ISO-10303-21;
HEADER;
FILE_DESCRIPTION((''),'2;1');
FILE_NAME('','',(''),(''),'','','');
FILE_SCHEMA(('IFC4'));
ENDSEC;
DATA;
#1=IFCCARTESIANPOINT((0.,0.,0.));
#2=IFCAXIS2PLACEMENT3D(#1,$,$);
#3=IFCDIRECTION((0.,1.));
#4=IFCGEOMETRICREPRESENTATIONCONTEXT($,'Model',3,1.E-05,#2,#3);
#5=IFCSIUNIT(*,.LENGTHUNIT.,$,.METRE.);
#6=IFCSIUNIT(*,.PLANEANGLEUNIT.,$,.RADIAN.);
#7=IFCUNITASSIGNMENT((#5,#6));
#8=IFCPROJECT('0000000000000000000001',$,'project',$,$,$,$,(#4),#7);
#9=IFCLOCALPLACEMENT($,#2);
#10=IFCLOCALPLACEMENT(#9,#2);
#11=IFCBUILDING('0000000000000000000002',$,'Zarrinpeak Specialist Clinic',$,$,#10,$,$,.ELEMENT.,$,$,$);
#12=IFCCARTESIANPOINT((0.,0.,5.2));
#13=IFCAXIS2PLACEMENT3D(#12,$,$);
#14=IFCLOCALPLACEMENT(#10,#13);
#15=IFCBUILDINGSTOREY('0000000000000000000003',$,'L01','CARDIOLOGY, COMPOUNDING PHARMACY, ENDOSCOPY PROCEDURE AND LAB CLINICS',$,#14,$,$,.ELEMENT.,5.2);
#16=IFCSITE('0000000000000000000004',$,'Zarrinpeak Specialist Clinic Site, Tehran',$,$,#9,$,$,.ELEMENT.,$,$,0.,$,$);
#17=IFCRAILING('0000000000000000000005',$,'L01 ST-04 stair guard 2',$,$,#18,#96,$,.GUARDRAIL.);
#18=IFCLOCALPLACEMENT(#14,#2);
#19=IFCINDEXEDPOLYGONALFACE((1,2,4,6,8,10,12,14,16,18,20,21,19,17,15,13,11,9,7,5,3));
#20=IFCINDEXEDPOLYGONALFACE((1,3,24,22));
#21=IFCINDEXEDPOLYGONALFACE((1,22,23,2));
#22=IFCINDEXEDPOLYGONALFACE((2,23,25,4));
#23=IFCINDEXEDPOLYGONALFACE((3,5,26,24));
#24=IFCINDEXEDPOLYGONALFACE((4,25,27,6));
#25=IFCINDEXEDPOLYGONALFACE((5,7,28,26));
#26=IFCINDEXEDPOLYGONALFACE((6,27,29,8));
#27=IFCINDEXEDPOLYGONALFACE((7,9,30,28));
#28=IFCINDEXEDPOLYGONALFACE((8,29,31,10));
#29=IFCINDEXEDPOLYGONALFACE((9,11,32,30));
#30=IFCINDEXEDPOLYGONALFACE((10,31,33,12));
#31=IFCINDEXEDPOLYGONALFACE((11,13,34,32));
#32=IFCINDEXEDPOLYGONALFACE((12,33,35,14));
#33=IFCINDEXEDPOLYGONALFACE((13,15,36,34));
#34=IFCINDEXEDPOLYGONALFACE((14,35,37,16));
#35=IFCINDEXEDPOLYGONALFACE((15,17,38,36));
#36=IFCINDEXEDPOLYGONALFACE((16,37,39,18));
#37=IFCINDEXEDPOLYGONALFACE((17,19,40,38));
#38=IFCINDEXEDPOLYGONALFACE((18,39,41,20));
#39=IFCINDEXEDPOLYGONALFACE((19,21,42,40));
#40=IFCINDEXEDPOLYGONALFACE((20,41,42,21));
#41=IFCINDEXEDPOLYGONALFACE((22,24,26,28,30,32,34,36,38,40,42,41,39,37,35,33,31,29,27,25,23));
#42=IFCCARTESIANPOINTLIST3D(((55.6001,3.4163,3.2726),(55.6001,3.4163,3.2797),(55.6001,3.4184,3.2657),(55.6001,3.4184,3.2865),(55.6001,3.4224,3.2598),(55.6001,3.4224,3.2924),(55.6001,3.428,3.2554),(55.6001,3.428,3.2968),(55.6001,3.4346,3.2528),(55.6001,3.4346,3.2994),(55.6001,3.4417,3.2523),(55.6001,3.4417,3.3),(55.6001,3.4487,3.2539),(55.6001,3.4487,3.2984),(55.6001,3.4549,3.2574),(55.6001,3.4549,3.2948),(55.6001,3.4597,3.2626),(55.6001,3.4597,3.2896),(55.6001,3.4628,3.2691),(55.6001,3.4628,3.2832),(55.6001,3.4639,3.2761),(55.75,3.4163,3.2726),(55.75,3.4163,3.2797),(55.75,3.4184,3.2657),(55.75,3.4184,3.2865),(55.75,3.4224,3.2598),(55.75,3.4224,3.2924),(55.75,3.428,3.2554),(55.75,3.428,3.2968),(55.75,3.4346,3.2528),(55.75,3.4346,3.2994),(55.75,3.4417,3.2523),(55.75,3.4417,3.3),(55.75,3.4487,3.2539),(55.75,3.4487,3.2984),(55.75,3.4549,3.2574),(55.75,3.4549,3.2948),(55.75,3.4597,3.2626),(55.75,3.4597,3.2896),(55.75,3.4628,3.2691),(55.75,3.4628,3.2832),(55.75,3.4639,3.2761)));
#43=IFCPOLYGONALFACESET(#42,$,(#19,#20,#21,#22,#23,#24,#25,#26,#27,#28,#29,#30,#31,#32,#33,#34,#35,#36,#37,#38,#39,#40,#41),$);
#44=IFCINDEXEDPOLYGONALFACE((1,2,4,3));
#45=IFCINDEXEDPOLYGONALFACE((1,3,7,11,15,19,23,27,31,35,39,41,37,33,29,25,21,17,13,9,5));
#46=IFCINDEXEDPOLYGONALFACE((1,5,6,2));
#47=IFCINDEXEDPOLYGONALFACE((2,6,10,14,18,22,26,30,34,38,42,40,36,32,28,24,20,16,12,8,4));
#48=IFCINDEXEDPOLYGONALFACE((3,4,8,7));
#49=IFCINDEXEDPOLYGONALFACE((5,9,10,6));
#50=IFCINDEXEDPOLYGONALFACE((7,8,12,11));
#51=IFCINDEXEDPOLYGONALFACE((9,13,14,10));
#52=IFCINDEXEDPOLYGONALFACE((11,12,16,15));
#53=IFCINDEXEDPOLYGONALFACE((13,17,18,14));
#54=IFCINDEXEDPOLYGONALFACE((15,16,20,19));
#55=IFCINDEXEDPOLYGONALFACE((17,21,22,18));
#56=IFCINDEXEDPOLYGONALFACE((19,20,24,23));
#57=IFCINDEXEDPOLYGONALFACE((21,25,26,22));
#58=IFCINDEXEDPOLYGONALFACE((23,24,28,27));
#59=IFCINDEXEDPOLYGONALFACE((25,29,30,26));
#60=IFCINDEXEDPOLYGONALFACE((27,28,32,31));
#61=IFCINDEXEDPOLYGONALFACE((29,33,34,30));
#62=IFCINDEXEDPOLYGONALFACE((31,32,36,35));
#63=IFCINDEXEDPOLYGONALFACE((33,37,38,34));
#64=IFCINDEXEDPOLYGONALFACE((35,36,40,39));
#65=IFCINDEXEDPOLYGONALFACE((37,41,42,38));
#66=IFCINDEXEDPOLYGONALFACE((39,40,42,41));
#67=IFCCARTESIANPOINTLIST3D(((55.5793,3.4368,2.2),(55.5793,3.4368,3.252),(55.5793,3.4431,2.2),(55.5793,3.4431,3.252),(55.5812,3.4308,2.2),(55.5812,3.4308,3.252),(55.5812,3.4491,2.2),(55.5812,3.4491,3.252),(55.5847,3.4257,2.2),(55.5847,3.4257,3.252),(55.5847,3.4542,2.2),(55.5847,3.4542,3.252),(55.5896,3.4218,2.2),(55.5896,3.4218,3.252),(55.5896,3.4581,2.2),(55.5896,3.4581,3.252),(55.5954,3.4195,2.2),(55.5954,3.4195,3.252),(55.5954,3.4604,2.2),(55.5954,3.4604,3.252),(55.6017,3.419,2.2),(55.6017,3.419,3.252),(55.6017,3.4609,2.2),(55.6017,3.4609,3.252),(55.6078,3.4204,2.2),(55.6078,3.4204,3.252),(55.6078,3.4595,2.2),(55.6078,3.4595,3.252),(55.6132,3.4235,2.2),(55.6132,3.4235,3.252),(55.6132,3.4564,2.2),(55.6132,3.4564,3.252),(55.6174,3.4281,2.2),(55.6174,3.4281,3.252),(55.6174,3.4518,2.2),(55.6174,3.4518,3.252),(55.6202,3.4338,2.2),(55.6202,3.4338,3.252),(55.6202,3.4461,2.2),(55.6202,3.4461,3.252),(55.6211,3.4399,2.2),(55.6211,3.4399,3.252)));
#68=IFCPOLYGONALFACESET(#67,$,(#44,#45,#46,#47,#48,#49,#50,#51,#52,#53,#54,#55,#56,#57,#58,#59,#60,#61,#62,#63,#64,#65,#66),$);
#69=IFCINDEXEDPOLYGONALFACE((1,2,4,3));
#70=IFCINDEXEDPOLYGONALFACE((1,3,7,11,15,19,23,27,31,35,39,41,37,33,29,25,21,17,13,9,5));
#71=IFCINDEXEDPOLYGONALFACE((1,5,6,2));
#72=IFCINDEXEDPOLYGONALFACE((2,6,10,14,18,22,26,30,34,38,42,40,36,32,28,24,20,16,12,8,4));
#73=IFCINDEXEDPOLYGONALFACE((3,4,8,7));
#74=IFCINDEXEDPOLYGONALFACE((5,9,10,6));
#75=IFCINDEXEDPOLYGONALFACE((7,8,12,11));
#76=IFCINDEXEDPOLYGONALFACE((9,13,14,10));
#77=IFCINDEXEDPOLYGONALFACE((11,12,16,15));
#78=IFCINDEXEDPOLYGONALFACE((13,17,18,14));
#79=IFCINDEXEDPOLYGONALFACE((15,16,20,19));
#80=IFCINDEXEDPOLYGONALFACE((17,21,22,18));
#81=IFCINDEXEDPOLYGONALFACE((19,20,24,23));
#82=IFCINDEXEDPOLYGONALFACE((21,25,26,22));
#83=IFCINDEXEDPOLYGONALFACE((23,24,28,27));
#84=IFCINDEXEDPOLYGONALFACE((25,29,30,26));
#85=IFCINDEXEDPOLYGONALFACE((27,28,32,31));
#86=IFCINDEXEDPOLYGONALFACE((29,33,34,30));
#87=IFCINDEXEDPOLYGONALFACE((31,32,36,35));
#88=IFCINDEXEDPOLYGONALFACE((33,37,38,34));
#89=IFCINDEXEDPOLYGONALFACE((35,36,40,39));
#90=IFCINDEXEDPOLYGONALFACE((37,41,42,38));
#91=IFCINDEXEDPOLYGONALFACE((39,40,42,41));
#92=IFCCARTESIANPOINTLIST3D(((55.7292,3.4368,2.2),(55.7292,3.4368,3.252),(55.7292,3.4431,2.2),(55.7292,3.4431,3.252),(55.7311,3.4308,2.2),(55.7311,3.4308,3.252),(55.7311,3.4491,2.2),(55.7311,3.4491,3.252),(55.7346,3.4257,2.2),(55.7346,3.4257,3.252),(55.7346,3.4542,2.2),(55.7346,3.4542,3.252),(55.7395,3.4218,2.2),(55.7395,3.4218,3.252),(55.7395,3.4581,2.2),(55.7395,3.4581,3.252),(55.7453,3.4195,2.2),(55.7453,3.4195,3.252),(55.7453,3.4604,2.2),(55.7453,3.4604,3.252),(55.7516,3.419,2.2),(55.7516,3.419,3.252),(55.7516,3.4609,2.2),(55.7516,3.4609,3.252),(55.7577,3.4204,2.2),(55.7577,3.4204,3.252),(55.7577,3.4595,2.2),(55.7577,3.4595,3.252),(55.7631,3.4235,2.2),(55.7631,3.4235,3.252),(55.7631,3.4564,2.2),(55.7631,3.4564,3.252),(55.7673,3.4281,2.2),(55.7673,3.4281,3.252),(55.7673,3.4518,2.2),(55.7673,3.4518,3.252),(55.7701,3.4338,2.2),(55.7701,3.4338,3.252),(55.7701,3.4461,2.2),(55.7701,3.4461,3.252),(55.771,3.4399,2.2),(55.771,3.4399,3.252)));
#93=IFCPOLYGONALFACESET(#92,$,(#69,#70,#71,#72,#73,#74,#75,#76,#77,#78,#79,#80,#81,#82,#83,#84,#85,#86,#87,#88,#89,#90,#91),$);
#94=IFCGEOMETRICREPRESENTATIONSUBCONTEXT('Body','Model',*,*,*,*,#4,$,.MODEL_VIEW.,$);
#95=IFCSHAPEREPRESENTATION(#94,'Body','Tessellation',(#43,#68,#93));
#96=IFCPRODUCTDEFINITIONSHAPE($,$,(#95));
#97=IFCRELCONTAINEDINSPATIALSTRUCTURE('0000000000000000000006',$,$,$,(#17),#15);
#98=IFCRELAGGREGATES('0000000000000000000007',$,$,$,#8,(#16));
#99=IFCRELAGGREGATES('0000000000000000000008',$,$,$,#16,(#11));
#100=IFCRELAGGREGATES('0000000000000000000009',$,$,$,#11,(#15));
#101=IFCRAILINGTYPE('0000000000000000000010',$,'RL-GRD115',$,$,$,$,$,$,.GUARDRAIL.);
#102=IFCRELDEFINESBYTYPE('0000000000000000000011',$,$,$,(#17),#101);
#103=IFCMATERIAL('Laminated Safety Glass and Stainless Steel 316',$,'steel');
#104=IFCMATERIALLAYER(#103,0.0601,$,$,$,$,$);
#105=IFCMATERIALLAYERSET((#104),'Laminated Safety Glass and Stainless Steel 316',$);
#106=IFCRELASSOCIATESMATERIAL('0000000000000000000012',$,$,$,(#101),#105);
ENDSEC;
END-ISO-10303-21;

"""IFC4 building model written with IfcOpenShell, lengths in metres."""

from ifc_helpers import new_model, si_unit, direction, frame, origin, origin_2d, place, context, subcontext, project, spatial, circle, extrude, material, layer, layer_set, type_object, element, save


model = new_model("IFC4")

# Units and contexts
model_context = context("Model", 3, precision=1e-05, world=origin(), true_north=direction((0.0, 1.0)))
body_context = subcontext(model_context, "Body", "Model", "MODEL_VIEW")
ifc_project = project(units=[si_unit("LENGTHUNIT", "METRE"), si_unit("PLANEANGLEUNIT", "RADIAN")], contexts=[model_context])

# Site, building, storey
site_placement = place(None, origin())
site = spatial("IfcSite", under=ifc_project, at=site_placement, Name="Zarrinpeak Specialist Clinic Site, Tehran", CompositionType="ELEMENT", RefElevation=0.0)
building_placement = place(site_placement, origin())
building = spatial("IfcBuilding", under=site, at=building_placement, Name="Zarrinpeak Specialist Clinic", CompositionType="ELEMENT")
storey_placement = place(building_placement, frame((0.0, 0.0, 5.2)))
storey = spatial("IfcBuildingStorey", under=building, at=storey_placement, Name="L01", Description="CARDIOLOGY, COMPOUNDING PHARMACY, ENDOSCOPY PROCEDURE AND LAB CLINICS", CompositionType="ELEMENT", Elevation=5.2)

# Railing
ifc_material_1 = material(Name="Laminated Safety Glass and Stainless Steel 316", Category="steel")
ifc_layer_1 = layer(ifc_material_1, 0.0601)
ifc_layer_set_1 = layer_set([ifc_layer_1], Name="Laminated Safety Glass and Stainless Steel 316")
railing_type_1 = type_object("IfcRailingType", Name="RL-GRD115", PredefinedType="GUARDRAIL", material=ifc_layer_set_1)
railing_1_placement = place(storey_placement, frame((55.6001, 3.4399, 2.2)))
element("IfcRailing", 1, at=railing_1_placement, inside=storey, type_object=railing_type_1, Name="L01 ST-04 stair guard 2", PredefinedType="GUARDRAIL", context=body_context, shape_type="SweptSolid", body=[
    extrude(circle(Radius=0.0239, at=origin_2d()), frame((0.0, 0.0, 1.0762), z_axis=(1.0, 0.0, 0.0), x_axis=(0.0, 1.0, 0.0)), (0.0, 0.0, 1.0), 0.1499),
    extrude(circle(Radius=0.021, at=origin_2d()), origin(), (0.0, 0.0, 1.0), 1.052),
    extrude(circle(Radius=0.021, at=origin_2d()), frame((0.1499, 0.0, 0.0)), (0.0, 0.0, 1.0), 1.052),
])

save(model, "model.ifc")
